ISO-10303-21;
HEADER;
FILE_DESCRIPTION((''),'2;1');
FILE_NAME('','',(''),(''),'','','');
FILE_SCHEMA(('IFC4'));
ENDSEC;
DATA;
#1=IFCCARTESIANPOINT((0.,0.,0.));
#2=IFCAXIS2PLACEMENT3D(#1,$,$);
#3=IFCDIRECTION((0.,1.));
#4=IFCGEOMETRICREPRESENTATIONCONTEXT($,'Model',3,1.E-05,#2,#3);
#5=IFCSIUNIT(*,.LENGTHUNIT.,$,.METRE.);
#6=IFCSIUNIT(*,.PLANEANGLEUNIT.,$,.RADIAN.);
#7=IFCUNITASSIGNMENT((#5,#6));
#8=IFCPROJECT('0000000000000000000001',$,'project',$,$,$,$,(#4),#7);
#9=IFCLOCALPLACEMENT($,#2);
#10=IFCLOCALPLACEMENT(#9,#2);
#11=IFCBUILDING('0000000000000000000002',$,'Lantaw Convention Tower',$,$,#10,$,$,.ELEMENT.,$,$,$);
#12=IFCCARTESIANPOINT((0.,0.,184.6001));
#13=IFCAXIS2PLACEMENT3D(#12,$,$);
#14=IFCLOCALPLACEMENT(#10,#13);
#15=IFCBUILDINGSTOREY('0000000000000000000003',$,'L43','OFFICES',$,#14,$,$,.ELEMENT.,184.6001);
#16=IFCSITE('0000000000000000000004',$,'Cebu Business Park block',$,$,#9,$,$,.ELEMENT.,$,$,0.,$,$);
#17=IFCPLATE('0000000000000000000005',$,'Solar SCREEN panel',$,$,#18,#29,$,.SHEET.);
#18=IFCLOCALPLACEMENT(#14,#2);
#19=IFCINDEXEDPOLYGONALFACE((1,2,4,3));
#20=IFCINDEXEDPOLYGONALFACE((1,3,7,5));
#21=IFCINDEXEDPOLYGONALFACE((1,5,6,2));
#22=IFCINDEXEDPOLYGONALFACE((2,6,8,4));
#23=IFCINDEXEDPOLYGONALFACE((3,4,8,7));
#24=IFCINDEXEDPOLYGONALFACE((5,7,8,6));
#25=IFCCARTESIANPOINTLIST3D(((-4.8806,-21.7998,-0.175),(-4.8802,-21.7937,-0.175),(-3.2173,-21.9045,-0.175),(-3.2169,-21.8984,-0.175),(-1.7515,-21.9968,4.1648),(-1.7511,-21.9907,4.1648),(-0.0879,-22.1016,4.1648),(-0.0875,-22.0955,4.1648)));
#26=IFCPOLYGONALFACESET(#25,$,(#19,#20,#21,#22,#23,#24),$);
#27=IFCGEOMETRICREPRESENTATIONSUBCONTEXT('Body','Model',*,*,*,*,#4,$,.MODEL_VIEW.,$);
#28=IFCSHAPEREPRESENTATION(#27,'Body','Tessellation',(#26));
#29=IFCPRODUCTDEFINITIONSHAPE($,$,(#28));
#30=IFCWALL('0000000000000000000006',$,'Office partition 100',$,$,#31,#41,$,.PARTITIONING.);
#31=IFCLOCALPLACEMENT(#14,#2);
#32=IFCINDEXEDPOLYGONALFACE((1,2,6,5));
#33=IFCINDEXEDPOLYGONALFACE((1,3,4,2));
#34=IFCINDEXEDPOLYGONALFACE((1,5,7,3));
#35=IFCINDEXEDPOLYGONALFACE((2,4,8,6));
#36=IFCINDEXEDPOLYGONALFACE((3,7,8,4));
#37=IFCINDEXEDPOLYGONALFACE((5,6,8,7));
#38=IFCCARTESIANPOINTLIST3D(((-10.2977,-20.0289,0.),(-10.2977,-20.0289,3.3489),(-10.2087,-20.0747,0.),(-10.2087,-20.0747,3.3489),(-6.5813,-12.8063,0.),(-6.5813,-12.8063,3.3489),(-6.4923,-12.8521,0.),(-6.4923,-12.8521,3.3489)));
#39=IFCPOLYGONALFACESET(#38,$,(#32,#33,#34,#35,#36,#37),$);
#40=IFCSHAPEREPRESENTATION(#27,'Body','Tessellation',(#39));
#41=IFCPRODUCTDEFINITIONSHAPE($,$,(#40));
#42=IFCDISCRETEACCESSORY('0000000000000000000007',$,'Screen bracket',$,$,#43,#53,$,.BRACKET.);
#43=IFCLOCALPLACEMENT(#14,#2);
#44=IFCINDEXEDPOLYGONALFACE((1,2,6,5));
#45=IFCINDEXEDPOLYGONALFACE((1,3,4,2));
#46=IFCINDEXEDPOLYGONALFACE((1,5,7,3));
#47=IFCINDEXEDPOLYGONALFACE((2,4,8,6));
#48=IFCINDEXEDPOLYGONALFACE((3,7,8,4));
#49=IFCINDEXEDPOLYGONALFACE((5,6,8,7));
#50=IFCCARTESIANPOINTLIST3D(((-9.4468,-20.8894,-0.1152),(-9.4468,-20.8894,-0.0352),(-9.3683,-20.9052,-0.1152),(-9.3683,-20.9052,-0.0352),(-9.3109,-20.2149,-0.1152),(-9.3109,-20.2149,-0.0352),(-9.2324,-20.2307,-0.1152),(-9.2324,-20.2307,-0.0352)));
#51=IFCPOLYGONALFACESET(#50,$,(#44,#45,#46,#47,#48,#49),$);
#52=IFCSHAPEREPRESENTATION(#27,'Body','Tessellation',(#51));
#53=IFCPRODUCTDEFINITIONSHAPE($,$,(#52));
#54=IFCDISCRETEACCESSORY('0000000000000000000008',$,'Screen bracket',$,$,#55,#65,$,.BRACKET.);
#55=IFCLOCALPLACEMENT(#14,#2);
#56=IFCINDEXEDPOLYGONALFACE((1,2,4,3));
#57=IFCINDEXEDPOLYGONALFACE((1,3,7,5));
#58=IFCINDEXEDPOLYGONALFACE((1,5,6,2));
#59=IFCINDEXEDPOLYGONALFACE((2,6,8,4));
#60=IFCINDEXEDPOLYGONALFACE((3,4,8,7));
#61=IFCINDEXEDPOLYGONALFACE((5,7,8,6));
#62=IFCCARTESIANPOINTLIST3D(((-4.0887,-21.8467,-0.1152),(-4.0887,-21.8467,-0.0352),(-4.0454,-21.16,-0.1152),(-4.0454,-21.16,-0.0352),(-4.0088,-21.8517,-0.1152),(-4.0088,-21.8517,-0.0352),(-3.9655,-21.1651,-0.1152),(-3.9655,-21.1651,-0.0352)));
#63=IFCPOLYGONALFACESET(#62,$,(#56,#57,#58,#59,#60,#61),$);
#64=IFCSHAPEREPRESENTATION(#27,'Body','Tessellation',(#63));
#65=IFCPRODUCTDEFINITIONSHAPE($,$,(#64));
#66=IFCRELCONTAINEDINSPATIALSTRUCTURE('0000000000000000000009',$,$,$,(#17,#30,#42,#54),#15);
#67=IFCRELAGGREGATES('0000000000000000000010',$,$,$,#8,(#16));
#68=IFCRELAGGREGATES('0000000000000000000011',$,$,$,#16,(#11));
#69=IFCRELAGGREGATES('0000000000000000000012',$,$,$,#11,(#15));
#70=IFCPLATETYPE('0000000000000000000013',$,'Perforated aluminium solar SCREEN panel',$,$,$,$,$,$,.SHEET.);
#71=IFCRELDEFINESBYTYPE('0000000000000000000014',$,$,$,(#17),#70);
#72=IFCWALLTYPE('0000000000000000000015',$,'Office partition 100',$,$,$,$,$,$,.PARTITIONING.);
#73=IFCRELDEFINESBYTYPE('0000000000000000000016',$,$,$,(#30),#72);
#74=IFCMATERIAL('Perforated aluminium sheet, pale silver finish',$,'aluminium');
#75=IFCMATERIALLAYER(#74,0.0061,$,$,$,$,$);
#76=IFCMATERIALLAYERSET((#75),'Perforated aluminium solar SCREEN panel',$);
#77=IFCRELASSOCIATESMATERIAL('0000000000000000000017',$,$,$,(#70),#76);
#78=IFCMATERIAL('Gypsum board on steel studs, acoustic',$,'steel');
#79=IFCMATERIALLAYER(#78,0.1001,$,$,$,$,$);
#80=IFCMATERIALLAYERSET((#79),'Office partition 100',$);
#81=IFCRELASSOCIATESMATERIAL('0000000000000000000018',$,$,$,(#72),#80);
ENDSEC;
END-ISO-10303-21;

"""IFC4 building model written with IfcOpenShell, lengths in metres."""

from ifc_helpers import new_model, si_unit, direction, frame, frame_2d, origin, origin_2d, place, context, subcontext, project, spatial, polyline, rectangle, outline, extrude, material, layer, layer_set, type_object, element, save


model = new_model("IFC4")

# Units and contexts
model_context = context("Model", 3, precision=1e-05, world=origin(), true_north=direction((0.0, 1.0)))
body_context = subcontext(model_context, "Body", "Model", "MODEL_VIEW")
ifc_project = project(units=[si_unit("LENGTHUNIT", "METRE"), si_unit("PLANEANGLEUNIT", "RADIAN")], contexts=[model_context])

# Site, building, storey
site_placement = place(None, origin())
site = spatial("IfcSite", under=ifc_project, at=site_placement, Name="Cebu Business Park block", CompositionType="ELEMENT", RefElevation=0.0)
building_placement = place(site_placement, origin())
building = spatial("IfcBuilding", under=site, at=building_placement, Name="Lantaw Convention Tower", CompositionType="ELEMENT")
storey_placement = place(building_placement, frame((0.0, 0.0, 184.6001)))
storey = spatial("IfcBuildingStorey", under=building, at=storey_placement, Name="L43", Description="OFFICES", CompositionType="ELEMENT", Elevation=184.6001)

# Plate
ifc_material_1 = material(Name="Perforated aluminium sheet, pale silver finish", Category="aluminium")
ifc_layer_1 = layer(ifc_material_1, 0.0061)
ifc_layer_set_1 = layer_set([ifc_layer_1], Name="Perforated aluminium solar SCREEN panel")
plate_type_1 = type_object("IfcPlateType", Name="Perforated aluminium solar SCREEN panel", PredefinedType="SHEET", material=ifc_layer_set_1)
plate_1_placement = place(storey_placement, frame((-4.8806, -21.7998, -0.175), z_axis=(-0.062839, -0.998024, 0.000002), x_axis=(0.998024, -0.062839, 0.0)))
element("IfcPlate", 1, at=plate_1_placement, inside=storey, type_object=plate_type_1, Name="Solar SCREEN panel", PredefinedType="SHEET", context=body_context, shape_type="SweptSolid", body=[
    extrude(outline(polyline([(0.0, 0.0), (1.6666, 0.0), (4.8022, 4.3398), (3.1353, 4.3398), (0.0, 0.0)])), origin(), (0.0, 0.0, -1.0), 0.0061),
])

# Wall
ifc_material_2 = material(Name="Gypsum board on steel studs, acoustic", Category="steel")
ifc_layer_2 = layer(ifc_material_2, 0.1001)
ifc_layer_set_2 = layer_set([ifc_layer_2], Name="Office partition 100")
wall_type = type_object("IfcWallType", Name="Office partition 100", PredefinedType="PARTITIONING", material=ifc_layer_set_2)
wall_placement = place(storey_placement, frame((-10.2532, -20.0518, 0.0), z_axis=(0.0, 0.0, 1.0), x_axis=(0.457535, 0.889191, 0.0)))
element("IfcWall", 2, at=wall_placement, inside=storey, type_object=wall_type, Name="Office partition 100", PredefinedType="PARTITIONING", context=body_context, shape_type="SweptSolid", body=[
    extrude(rectangle(XDim=8.1226, YDim=0.1001, at=frame_2d((4.0613, 0.0))), origin(), (0.0, 0.0, 1.0), 3.3489),
])

# Discrete accessories
for number, where, z_axis, x_axis, name in (
    (3, (-9.3396, -20.5601, -0.1152), (0.0, 0.0, 1.0), (0.980302, -0.197507, 0.0), "Screen bracket"),
    (4, (-4.0271, -21.5059, -0.1152), (0.0, 0.0, 1.0), (0.998022, -0.062865, 0.0), "Screen bracket"),
):
    element("IfcDiscreteAccessory", number, at=place(storey_placement, frame(where, z_axis=z_axis, x_axis=x_axis)), inside=storey, Name=name, PredefinedType="BRACKET", context=body_context, shape_type="SweptSolid", body=[
        extrude(rectangle(XDim=0.0801, YDim=0.688, at=origin_2d()), origin(), (0.0, 0.0, 1.0), 0.0801),
    ])

save(model, "model.ifc")
